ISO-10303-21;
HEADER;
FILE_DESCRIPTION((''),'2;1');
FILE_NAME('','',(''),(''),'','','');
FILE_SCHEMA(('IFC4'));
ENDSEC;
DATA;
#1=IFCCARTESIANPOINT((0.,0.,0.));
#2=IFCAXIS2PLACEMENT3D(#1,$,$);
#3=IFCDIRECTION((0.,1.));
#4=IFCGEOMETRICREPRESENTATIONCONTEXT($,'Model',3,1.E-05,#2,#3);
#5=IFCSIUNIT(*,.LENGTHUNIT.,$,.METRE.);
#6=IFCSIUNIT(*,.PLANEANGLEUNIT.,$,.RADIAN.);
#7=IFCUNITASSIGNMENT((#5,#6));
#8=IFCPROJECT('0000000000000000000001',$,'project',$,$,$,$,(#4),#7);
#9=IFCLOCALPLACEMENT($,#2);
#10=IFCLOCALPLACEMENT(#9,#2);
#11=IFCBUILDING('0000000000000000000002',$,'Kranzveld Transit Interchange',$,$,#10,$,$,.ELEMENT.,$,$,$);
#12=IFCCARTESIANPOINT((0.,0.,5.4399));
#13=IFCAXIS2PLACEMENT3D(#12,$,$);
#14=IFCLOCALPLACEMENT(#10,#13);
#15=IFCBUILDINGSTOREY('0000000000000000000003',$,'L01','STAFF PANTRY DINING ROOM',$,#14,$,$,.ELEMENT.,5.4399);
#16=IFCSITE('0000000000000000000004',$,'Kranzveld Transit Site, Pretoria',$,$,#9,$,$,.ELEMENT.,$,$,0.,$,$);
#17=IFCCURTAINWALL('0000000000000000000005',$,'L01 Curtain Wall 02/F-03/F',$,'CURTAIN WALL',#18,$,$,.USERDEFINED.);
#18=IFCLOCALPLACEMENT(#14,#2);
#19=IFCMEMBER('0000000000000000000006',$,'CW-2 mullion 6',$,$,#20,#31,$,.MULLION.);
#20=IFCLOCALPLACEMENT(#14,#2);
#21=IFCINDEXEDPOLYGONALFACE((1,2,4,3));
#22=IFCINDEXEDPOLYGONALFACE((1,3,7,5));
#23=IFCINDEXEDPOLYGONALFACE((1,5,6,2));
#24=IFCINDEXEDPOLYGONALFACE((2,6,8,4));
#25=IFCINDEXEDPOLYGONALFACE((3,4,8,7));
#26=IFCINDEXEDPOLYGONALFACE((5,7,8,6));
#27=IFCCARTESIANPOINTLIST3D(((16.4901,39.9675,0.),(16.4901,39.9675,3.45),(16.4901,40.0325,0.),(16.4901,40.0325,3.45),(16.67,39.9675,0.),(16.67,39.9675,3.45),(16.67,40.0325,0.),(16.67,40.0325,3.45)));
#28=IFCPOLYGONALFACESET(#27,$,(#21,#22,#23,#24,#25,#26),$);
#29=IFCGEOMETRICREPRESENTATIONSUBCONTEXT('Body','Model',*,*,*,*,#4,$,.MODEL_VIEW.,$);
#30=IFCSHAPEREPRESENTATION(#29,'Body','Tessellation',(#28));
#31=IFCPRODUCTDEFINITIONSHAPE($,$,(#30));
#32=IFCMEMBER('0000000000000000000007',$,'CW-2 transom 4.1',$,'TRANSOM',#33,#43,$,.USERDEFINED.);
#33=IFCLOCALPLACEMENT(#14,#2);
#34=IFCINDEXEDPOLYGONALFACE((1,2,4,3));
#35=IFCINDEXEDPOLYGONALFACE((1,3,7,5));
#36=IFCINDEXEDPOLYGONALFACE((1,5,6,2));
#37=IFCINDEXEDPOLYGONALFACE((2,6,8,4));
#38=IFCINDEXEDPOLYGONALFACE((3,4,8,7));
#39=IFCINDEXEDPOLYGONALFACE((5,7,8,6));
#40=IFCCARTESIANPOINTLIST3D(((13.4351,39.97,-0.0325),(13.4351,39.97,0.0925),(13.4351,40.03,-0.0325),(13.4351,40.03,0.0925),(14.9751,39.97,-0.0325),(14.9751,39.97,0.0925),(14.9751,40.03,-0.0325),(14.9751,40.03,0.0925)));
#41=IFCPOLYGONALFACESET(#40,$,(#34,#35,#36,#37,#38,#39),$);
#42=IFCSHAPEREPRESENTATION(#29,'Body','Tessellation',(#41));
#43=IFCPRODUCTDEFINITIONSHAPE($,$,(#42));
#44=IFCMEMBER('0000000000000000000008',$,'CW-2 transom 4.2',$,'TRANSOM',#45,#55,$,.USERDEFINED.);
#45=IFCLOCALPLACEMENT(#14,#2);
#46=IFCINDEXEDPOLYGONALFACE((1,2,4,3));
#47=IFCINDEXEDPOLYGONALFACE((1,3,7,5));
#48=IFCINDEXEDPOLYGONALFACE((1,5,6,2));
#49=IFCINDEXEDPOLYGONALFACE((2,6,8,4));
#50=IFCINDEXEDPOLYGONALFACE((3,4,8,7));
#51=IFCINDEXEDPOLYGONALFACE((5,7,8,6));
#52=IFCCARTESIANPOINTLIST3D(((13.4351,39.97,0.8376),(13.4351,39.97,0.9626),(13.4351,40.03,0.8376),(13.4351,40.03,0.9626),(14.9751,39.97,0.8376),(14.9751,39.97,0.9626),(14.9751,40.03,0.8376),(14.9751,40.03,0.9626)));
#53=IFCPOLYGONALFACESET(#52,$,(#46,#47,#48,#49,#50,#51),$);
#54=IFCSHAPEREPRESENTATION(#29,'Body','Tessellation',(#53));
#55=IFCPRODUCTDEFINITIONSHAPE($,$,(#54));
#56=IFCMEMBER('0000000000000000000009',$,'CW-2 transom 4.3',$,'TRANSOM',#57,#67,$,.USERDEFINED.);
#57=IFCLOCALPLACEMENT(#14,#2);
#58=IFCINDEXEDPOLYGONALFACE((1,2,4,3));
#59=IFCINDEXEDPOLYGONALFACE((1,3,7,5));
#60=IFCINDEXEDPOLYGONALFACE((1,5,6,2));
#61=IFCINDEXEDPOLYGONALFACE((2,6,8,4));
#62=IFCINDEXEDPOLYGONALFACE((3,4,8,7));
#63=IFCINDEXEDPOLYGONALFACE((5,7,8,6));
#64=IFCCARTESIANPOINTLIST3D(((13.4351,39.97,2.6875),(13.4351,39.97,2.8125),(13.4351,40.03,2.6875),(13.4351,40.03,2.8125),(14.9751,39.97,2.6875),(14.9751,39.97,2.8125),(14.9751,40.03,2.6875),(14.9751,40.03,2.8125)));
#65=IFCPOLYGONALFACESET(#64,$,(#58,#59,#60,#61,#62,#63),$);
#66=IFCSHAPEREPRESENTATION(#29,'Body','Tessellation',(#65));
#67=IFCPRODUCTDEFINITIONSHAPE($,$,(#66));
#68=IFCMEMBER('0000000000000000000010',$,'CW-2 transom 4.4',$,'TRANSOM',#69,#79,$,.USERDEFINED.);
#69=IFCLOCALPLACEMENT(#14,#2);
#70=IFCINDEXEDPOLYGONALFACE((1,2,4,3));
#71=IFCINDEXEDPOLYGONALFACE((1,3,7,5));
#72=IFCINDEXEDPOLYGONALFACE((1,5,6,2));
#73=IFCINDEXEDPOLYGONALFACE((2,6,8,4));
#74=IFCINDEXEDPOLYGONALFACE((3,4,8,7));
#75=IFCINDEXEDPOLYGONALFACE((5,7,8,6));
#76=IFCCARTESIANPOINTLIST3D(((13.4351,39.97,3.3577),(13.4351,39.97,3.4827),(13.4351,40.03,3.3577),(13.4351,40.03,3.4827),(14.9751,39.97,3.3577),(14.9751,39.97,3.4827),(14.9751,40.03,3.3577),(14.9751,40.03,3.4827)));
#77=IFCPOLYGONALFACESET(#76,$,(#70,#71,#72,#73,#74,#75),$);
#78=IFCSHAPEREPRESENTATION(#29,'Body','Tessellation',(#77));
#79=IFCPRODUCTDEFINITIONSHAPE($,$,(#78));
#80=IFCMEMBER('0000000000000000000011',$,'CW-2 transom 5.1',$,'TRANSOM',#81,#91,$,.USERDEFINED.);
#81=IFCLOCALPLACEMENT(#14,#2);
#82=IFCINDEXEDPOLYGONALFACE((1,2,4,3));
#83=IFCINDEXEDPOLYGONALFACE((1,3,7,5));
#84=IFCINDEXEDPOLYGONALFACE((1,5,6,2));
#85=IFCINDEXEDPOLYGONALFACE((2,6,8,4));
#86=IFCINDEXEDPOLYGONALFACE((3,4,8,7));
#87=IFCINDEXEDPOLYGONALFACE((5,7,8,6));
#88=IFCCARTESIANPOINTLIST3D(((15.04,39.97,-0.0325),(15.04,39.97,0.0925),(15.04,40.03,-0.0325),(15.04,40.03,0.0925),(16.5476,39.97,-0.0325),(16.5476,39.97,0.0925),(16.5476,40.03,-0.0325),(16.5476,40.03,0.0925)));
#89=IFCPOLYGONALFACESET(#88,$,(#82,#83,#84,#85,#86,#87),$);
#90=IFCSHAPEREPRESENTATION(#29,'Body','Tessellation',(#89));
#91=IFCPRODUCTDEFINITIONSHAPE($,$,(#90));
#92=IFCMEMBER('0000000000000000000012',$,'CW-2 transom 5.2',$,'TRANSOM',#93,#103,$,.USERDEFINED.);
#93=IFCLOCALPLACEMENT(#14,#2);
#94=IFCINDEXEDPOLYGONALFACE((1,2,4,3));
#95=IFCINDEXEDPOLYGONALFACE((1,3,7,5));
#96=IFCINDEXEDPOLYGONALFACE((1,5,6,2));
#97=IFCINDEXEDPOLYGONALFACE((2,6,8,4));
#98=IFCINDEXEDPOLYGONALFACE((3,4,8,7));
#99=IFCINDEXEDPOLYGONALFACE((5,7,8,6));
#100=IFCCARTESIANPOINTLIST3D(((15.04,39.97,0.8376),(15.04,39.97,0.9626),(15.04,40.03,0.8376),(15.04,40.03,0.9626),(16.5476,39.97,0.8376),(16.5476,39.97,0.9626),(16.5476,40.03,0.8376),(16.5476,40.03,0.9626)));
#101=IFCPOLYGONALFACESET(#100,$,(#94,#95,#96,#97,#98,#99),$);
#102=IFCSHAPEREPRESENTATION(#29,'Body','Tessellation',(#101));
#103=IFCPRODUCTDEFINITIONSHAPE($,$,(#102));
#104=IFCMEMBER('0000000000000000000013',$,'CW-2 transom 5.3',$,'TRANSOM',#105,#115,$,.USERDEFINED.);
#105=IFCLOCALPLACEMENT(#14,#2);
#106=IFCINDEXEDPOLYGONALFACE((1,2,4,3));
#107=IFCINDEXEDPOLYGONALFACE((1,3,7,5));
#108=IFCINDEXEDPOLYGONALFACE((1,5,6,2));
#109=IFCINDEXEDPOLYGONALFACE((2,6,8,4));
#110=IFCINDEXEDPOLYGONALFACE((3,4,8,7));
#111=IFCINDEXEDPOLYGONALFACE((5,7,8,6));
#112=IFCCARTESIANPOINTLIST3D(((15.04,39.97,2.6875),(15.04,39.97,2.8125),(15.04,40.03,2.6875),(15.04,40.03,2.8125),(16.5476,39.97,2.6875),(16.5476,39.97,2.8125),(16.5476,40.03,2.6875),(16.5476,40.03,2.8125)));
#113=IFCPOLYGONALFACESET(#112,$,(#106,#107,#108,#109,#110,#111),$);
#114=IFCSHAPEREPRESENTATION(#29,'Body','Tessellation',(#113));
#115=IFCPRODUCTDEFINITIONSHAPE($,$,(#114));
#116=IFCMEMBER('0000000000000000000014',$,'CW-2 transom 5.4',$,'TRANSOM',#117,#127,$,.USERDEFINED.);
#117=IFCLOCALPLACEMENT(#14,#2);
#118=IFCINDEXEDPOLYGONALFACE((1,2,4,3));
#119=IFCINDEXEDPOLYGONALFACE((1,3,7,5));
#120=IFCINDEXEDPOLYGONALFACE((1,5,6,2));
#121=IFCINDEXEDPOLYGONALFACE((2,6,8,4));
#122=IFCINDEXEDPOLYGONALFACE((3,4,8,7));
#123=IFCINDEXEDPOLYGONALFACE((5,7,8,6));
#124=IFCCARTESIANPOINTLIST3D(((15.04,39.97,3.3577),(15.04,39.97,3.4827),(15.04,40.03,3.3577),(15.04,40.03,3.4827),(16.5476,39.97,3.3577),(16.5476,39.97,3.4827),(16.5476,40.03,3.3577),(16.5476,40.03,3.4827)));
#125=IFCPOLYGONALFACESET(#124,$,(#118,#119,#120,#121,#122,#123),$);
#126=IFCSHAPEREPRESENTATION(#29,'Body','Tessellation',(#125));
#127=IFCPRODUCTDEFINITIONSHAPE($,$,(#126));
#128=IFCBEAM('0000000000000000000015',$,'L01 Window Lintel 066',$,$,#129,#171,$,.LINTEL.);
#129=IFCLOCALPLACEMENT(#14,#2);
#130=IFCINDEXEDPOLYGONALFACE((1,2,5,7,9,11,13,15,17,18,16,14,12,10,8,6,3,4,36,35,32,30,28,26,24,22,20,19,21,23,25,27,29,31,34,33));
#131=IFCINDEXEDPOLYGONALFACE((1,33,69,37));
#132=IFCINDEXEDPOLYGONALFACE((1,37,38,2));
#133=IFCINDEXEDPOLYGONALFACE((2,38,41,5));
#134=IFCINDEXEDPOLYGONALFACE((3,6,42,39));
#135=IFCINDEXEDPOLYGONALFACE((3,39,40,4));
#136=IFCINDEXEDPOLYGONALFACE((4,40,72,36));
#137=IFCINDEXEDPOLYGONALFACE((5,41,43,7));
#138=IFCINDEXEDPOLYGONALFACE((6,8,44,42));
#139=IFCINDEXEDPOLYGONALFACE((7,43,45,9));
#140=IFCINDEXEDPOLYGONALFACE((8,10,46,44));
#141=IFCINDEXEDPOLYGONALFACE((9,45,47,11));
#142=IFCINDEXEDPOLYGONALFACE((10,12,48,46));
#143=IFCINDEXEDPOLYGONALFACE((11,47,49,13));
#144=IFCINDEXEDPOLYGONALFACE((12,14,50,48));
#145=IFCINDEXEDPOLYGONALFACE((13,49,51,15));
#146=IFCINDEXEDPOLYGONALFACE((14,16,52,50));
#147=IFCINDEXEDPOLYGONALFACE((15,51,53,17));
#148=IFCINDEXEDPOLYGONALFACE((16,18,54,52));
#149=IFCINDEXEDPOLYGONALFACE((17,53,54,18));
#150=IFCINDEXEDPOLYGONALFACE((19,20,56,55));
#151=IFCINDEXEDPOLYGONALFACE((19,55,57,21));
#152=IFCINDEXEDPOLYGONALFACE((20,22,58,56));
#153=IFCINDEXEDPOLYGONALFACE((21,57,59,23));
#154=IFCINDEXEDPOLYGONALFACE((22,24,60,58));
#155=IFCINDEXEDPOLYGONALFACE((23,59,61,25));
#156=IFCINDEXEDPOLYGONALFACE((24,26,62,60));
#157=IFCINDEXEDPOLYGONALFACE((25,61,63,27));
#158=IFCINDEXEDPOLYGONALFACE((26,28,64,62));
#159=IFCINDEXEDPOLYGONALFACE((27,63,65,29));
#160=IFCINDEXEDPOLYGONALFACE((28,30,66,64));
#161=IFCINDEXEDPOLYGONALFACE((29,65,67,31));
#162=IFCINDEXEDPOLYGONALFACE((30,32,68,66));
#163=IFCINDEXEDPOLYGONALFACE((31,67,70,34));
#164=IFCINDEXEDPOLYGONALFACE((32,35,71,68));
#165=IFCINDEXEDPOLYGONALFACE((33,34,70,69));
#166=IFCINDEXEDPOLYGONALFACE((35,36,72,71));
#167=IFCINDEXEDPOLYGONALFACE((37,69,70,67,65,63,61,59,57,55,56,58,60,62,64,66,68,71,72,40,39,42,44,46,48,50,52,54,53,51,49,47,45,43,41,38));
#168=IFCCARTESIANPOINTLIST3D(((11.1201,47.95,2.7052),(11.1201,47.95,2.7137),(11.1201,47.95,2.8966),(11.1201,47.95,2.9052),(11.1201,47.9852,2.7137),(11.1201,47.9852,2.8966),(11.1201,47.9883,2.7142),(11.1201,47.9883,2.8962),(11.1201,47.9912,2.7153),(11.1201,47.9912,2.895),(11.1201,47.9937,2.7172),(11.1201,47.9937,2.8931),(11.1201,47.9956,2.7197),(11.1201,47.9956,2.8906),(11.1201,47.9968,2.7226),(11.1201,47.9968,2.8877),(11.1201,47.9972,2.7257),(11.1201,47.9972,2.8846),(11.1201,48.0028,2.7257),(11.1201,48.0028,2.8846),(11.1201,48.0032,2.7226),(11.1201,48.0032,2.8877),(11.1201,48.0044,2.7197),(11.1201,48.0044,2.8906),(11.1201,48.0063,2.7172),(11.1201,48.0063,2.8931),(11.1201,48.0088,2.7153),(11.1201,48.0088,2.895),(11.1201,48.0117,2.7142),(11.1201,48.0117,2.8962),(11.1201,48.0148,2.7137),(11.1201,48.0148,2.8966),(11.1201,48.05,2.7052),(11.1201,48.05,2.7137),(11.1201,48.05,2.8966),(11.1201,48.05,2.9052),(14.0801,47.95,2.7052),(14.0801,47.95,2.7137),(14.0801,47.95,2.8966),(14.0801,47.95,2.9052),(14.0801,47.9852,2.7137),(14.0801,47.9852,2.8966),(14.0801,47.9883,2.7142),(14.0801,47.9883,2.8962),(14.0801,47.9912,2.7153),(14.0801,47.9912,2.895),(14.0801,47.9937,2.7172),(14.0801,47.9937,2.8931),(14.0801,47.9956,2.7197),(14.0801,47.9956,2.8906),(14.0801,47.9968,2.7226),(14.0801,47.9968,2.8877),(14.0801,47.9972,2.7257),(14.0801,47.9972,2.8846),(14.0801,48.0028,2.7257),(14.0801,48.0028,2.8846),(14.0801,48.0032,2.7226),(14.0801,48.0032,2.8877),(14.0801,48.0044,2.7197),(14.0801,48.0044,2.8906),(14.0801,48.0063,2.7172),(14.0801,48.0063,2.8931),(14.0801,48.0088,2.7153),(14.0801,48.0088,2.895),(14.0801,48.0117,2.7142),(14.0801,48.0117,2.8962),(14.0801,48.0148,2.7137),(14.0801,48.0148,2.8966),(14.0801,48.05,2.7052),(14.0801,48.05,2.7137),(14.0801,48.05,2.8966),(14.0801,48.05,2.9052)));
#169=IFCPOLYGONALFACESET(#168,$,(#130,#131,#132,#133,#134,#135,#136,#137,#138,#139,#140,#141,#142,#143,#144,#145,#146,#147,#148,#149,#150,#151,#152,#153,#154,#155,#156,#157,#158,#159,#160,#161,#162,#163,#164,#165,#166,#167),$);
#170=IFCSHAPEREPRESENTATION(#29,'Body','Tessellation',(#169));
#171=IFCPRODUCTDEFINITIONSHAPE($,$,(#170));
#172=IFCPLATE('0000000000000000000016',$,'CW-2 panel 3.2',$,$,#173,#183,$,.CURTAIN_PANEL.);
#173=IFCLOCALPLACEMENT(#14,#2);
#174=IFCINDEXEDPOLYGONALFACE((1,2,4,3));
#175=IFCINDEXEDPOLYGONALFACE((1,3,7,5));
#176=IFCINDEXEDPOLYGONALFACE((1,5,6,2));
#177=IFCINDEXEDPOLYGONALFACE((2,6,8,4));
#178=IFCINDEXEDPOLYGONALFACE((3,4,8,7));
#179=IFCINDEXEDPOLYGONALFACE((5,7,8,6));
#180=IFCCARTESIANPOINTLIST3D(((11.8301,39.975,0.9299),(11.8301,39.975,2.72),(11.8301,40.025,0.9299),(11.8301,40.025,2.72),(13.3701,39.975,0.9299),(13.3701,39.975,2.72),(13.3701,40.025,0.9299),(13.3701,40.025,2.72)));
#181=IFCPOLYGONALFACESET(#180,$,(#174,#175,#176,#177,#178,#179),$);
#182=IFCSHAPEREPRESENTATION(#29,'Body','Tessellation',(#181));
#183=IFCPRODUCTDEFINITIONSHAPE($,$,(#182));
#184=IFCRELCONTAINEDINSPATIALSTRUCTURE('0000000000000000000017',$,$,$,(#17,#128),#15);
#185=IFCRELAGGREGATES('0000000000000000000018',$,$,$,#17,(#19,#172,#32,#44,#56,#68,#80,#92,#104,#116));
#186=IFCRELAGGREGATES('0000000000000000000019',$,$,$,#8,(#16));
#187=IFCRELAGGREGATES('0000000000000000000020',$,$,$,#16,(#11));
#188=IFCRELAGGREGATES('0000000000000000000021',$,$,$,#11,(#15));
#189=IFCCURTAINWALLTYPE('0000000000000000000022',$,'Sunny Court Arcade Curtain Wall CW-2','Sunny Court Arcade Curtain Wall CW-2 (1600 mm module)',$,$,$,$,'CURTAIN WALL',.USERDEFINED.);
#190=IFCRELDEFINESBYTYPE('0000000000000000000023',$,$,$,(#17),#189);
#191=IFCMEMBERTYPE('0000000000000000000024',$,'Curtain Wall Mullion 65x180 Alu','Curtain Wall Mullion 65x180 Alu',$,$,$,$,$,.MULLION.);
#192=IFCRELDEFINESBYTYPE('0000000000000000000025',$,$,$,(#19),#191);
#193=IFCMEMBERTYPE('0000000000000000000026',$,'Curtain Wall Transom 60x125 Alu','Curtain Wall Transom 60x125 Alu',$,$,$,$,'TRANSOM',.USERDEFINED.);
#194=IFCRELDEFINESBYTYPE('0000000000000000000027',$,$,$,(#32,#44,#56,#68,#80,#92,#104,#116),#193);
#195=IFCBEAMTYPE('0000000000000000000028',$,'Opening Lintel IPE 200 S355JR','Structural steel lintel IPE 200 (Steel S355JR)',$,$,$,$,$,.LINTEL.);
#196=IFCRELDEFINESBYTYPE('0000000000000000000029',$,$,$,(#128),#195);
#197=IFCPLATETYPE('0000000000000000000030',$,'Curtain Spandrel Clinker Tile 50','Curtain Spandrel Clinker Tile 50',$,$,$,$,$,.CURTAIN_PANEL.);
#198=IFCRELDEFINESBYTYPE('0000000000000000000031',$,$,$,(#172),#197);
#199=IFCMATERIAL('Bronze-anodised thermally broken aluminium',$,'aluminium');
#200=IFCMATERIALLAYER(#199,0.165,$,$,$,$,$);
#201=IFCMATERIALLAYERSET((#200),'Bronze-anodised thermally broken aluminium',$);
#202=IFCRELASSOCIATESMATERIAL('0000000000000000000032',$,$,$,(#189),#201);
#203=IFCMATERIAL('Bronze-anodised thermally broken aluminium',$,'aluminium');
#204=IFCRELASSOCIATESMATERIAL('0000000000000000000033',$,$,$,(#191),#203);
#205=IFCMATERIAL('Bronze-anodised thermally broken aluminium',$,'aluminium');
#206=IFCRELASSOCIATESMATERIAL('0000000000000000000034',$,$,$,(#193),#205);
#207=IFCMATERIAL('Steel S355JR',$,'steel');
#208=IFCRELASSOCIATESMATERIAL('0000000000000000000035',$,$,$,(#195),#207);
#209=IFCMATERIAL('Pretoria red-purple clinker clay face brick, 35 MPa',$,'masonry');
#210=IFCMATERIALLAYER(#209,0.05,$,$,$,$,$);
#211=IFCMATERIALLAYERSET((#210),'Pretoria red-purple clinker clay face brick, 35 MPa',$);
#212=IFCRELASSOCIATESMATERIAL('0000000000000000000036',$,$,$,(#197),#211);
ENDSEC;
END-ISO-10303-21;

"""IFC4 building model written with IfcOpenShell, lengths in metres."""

from ifc_helpers import new_model, si_unit, direction, frame, origin, origin_2d, place, context, subcontext, project, spatial, rectangle, i_section, extrude, material, layer, layer_set, material_profile, profile_set, type_object, element, aggregate, save


model = new_model("IFC4")

# Units and contexts
model_context = context("Model", 3, precision=1e-05, world=origin(), true_north=direction((0.0, 1.0)))
body_context = subcontext(model_context, "Body", "Model", "MODEL_VIEW")
ifc_project = project(units=[si_unit("LENGTHUNIT", "METRE"), si_unit("PLANEANGLEUNIT", "RADIAN")], contexts=[model_context])

# Site, building, storey
site_placement = place(None, origin())
site = spatial("IfcSite", under=ifc_project, at=site_placement, Name="Kranzveld Transit Site, Pretoria", CompositionType="ELEMENT", RefElevation=0.0)
building_placement = place(site_placement, origin())
building = spatial("IfcBuilding", under=site, at=building_placement, Name="Kranzveld Transit Interchange", CompositionType="ELEMENT")
storey_placement = place(building_placement, frame((0.0, 0.0, 5.4399)))
storey = spatial("IfcBuildingStorey", under=building, at=storey_placement, Name="L01", Description="STAFF PANTRY DINING ROOM", CompositionType="ELEMENT", Elevation=5.4399)

# Curtain wall, members
ifc_material_1 = material(Name="Bronze-anodised thermally broken aluminium", Category="aluminium")
ifc_layer_1 = layer(ifc_material_1, 0.165)
ifc_layer_set_1 = layer_set([ifc_layer_1], Name="Bronze-anodised thermally broken aluminium")
curtain_wall_type = type_object("IfcCurtainWallType", Name="Sunny Court Arcade Curtain Wall CW-2", Description="Sunny Court Arcade Curtain Wall CW-2 (1600 mm module)", ElementType="CURTAIN WALL", PredefinedType="USERDEFINED", material=ifc_layer_set_1)
curtain_wall_placement = place(storey_placement, origin())
curtain_wall = element("IfcCurtainWall", 1, at=curtain_wall_placement, inside=storey, type_object=curtain_wall_type, Name="L01 Curtain Wall 02/F-03/F", ObjectType="CURTAIN WALL", PredefinedType="USERDEFINED")
ifc_material_2 = material(Name="Bronze-anodised thermally broken aluminium", Category="aluminium")
ifc_material_profile_1 = material_profile(ifc_material_2, rectangle(XDim=0.0649, YDim=0.1799, at=origin_2d()), Name="ALU MULLION 65x180")
ifc_profile_set_1 = profile_set([ifc_material_profile_1], Name="Bronze-anodised thermally broken aluminium")
member_type_1 = type_object("IfcMemberType", Name="Curtain Wall Mullion 65x180 Alu", Description="Curtain Wall Mullion 65x180 Alu", PredefinedType="MULLION", material=ifc_profile_set_1)
member_1_placement = place(storey_placement, frame((16.5801, 40.0, 0.0), z_axis=(0.0, 0.0, 1.0), x_axis=(0.0, 1.0, 0.0)))
member_1 = element("IfcMember", 2, at=member_1_placement, type_object=member_type_1, Name="CW-2 mullion 6", PredefinedType="MULLION", context=body_context, shape_type="SweptSolid", body=[
    extrude(rectangle(XDim=0.0649, YDim=0.1799, at=origin_2d()), origin(), (0.0, 0.0, 1.0), 3.45),
])
ifc_material_3 = material(Name="Bronze-anodised thermally broken aluminium", Category="aluminium")
ifc_material_profile_2 = material_profile(ifc_material_3, rectangle(XDim=0.0601, YDim=0.125, at=origin_2d()), Name="ALU TRANSOM 60x125")
ifc_profile_set_2 = profile_set([ifc_material_profile_2], Name="Bronze-anodised thermally broken aluminium")
member_type_2 = type_object("IfcMemberType", Name="Curtain Wall Transom 60x125 Alu", Description="Curtain Wall Transom 60x125 Alu", ElementType="TRANSOM", PredefinedType="USERDEFINED", material=ifc_profile_set_2)
member_2_placement = place(storey_placement, frame((13.4351, 40.0, 0.03), z_axis=(1.0, 0.0, 0.0), x_axis=(0.0, 1.0, 0.0)))
member_2 = element("IfcMember", 3, at=member_2_placement, type_object=member_type_2, Name="CW-2 transom 4.1", ObjectType="TRANSOM", PredefinedType="USERDEFINED", context=body_context, shape_type="SweptSolid", body=[
    extrude(rectangle(XDim=0.0601, YDim=0.125, at=origin_2d()), origin(), (0.0, 0.0, 1.0), 1.54),
])
member_3_placement = place(storey_placement, frame((13.4351, 40.0, 0.9001), z_axis=(1.0, 0.0, 0.0), x_axis=(0.0, 1.0, 0.0)))
member_3 = element("IfcMember", 4, at=member_3_placement, type_object=member_type_2, Name="CW-2 transom 4.2", ObjectType="TRANSOM", PredefinedType="USERDEFINED", context=body_context, shape_type="SweptSolid", body=[
    extrude(rectangle(XDim=0.0601, YDim=0.125, at=origin_2d()), origin(), (0.0, 0.0, 1.0), 1.54),
])
member_4_placement = place(storey_placement, frame((13.4351, 40.0, 2.75), z_axis=(1.0, 0.0, 0.0), x_axis=(0.0, 1.0, 0.0)))
member_4 = element("IfcMember", 5, at=member_4_placement, type_object=member_type_2, Name="CW-2 transom 4.3", ObjectType="TRANSOM", PredefinedType="USERDEFINED", context=body_context, shape_type="SweptSolid", body=[
    extrude(rectangle(XDim=0.0601, YDim=0.125, at=origin_2d()), origin(), (0.0, 0.0, 1.0), 1.54),
])
member_5_placement = place(storey_placement, frame((13.4351, 40.0, 3.4202), z_axis=(1.0, 0.0, 0.0), x_axis=(0.0, 1.0, 0.0)))
member_5 = element("IfcMember", 6, at=member_5_placement, type_object=member_type_2, Name="CW-2 transom 4.4", ObjectType="TRANSOM", PredefinedType="USERDEFINED", context=body_context, shape_type="SweptSolid", body=[
    extrude(rectangle(XDim=0.0601, YDim=0.125, at=origin_2d()), origin(), (0.0, 0.0, 1.0), 1.54),
])
member_6_placement = place(storey_placement, frame((15.04, 40.0, 0.03), z_axis=(1.0, 0.0, 0.0), x_axis=(0.0, 1.0, 0.0)))
member_6 = element("IfcMember", 7, at=member_6_placement, type_object=member_type_2, Name="CW-2 transom 5.1", ObjectType="TRANSOM", PredefinedType="USERDEFINED", context=body_context, shape_type="SweptSolid", body=[
    extrude(rectangle(XDim=0.0601, YDim=0.125, at=origin_2d()), origin(), (0.0, 0.0, 1.0), 1.5076),
])
member_7_placement = place(storey_placement, frame((15.04, 40.0, 0.9001), z_axis=(1.0, 0.0, 0.0), x_axis=(0.0, 1.0, 0.0)))
member_7 = element("IfcMember", 8, at=member_7_placement, type_object=member_type_2, Name="CW-2 transom 5.2", ObjectType="TRANSOM", PredefinedType="USERDEFINED", context=body_context, shape_type="SweptSolid", body=[
    extrude(rectangle(XDim=0.0601, YDim=0.125, at=origin_2d()), origin(), (0.0, 0.0, 1.0), 1.5076),
])
member_8_placement = place(storey_placement, frame((15.04, 40.0, 2.75), z_axis=(1.0, 0.0, 0.0), x_axis=(0.0, 1.0, 0.0)))
member_8 = element("IfcMember", 9, at=member_8_placement, type_object=member_type_2, Name="CW-2 transom 5.3", ObjectType="TRANSOM", PredefinedType="USERDEFINED", context=body_context, shape_type="SweptSolid", body=[
    extrude(rectangle(XDim=0.0601, YDim=0.125, at=origin_2d()), origin(), (0.0, 0.0, 1.0), 1.5076),
])
member_9_placement = place(storey_placement, frame((15.04, 40.0, 3.4202), z_axis=(1.0, 0.0, 0.0), x_axis=(0.0, 1.0, 0.0)))
member_9 = element("IfcMember", 10, at=member_9_placement, type_object=member_type_2, Name="CW-2 transom 5.4", ObjectType="TRANSOM", PredefinedType="USERDEFINED", context=body_context, shape_type="SweptSolid", body=[
    extrude(rectangle(XDim=0.0601, YDim=0.125, at=origin_2d()), origin(), (0.0, 0.0, 1.0), 1.5076),
])

# Beam
ifc_material_4 = material(Name="Steel S355JR", Category="steel")
ifc_material_profile_3 = material_profile(ifc_material_4, i_section(OverallWidth=0.1001, OverallDepth=0.2, WebThickness=0.0056, FlangeThickness=0.0085, FilletRadius=0.012, at=origin_2d()), Name="IPE 200")
ifc_profile_set_3 = profile_set([ifc_material_profile_3], Name="Steel S355JR")
beam_type_1 = type_object("IfcBeamType", Name="Opening Lintel IPE 200 S355JR", Description="Structural steel lintel IPE 200 (Steel S355JR)", PredefinedType="LINTEL", material=ifc_profile_set_3)
beam_1_placement = place(storey_placement, frame((11.1201, 48.0, 2.8052), z_axis=(1.0, 0.0, 0.0), x_axis=(0.0, 1.0, 0.0)))
element("IfcBeam", 11, at=beam_1_placement, inside=storey, type_object=beam_type_1, Name="L01 Window Lintel 066", PredefinedType="LINTEL", context=body_context, shape_type="SweptSolid", body=[
    extrude(i_section(OverallWidth=0.1001, OverallDepth=0.2, WebThickness=0.0056, FlangeThickness=0.0085, FilletRadius=0.012, at=origin_2d()), origin(), (0.0, 0.0, 1.0), 2.96),
])

# Plate
ifc_material_5 = material(Name="Pretoria red-purple clinker clay face brick, 35 MPa", Category="masonry")
ifc_layer_2 = layer(ifc_material_5, 0.05)
ifc_layer_set_2 = layer_set([ifc_layer_2], Name="Pretoria red-purple clinker clay face brick, 35 MPa")
plate_type = type_object("IfcPlateType", Name="Curtain Spandrel Clinker Tile 50", Description="Curtain Spandrel Clinker Tile 50", PredefinedType="CURTAIN_PANEL", material=ifc_layer_set_2)
plate_1_placement = place(storey_placement, frame((12.6001, 40.0, 0.9299), z_axis=(0.0, 0.0, 1.0), x_axis=(1.0, 0.0, 0.0)))
plate_1 = element("IfcPlate", 12, at=plate_1_placement, type_object=plate_type, Name="CW-2 panel 3.2", PredefinedType="CURTAIN_PANEL", context=body_context, shape_type="SweptSolid", body=[
    extrude(rectangle(XDim=1.54, YDim=0.05, at=origin_2d()), origin(), (0.0, 0.0, 1.0), 1.79),
])
aggregate(curtain_wall, [member_1, plate_1, member_2, member_3, member_4, member_5, member_6, member_7, member_8, member_9])

save(model, "model.ifc")
